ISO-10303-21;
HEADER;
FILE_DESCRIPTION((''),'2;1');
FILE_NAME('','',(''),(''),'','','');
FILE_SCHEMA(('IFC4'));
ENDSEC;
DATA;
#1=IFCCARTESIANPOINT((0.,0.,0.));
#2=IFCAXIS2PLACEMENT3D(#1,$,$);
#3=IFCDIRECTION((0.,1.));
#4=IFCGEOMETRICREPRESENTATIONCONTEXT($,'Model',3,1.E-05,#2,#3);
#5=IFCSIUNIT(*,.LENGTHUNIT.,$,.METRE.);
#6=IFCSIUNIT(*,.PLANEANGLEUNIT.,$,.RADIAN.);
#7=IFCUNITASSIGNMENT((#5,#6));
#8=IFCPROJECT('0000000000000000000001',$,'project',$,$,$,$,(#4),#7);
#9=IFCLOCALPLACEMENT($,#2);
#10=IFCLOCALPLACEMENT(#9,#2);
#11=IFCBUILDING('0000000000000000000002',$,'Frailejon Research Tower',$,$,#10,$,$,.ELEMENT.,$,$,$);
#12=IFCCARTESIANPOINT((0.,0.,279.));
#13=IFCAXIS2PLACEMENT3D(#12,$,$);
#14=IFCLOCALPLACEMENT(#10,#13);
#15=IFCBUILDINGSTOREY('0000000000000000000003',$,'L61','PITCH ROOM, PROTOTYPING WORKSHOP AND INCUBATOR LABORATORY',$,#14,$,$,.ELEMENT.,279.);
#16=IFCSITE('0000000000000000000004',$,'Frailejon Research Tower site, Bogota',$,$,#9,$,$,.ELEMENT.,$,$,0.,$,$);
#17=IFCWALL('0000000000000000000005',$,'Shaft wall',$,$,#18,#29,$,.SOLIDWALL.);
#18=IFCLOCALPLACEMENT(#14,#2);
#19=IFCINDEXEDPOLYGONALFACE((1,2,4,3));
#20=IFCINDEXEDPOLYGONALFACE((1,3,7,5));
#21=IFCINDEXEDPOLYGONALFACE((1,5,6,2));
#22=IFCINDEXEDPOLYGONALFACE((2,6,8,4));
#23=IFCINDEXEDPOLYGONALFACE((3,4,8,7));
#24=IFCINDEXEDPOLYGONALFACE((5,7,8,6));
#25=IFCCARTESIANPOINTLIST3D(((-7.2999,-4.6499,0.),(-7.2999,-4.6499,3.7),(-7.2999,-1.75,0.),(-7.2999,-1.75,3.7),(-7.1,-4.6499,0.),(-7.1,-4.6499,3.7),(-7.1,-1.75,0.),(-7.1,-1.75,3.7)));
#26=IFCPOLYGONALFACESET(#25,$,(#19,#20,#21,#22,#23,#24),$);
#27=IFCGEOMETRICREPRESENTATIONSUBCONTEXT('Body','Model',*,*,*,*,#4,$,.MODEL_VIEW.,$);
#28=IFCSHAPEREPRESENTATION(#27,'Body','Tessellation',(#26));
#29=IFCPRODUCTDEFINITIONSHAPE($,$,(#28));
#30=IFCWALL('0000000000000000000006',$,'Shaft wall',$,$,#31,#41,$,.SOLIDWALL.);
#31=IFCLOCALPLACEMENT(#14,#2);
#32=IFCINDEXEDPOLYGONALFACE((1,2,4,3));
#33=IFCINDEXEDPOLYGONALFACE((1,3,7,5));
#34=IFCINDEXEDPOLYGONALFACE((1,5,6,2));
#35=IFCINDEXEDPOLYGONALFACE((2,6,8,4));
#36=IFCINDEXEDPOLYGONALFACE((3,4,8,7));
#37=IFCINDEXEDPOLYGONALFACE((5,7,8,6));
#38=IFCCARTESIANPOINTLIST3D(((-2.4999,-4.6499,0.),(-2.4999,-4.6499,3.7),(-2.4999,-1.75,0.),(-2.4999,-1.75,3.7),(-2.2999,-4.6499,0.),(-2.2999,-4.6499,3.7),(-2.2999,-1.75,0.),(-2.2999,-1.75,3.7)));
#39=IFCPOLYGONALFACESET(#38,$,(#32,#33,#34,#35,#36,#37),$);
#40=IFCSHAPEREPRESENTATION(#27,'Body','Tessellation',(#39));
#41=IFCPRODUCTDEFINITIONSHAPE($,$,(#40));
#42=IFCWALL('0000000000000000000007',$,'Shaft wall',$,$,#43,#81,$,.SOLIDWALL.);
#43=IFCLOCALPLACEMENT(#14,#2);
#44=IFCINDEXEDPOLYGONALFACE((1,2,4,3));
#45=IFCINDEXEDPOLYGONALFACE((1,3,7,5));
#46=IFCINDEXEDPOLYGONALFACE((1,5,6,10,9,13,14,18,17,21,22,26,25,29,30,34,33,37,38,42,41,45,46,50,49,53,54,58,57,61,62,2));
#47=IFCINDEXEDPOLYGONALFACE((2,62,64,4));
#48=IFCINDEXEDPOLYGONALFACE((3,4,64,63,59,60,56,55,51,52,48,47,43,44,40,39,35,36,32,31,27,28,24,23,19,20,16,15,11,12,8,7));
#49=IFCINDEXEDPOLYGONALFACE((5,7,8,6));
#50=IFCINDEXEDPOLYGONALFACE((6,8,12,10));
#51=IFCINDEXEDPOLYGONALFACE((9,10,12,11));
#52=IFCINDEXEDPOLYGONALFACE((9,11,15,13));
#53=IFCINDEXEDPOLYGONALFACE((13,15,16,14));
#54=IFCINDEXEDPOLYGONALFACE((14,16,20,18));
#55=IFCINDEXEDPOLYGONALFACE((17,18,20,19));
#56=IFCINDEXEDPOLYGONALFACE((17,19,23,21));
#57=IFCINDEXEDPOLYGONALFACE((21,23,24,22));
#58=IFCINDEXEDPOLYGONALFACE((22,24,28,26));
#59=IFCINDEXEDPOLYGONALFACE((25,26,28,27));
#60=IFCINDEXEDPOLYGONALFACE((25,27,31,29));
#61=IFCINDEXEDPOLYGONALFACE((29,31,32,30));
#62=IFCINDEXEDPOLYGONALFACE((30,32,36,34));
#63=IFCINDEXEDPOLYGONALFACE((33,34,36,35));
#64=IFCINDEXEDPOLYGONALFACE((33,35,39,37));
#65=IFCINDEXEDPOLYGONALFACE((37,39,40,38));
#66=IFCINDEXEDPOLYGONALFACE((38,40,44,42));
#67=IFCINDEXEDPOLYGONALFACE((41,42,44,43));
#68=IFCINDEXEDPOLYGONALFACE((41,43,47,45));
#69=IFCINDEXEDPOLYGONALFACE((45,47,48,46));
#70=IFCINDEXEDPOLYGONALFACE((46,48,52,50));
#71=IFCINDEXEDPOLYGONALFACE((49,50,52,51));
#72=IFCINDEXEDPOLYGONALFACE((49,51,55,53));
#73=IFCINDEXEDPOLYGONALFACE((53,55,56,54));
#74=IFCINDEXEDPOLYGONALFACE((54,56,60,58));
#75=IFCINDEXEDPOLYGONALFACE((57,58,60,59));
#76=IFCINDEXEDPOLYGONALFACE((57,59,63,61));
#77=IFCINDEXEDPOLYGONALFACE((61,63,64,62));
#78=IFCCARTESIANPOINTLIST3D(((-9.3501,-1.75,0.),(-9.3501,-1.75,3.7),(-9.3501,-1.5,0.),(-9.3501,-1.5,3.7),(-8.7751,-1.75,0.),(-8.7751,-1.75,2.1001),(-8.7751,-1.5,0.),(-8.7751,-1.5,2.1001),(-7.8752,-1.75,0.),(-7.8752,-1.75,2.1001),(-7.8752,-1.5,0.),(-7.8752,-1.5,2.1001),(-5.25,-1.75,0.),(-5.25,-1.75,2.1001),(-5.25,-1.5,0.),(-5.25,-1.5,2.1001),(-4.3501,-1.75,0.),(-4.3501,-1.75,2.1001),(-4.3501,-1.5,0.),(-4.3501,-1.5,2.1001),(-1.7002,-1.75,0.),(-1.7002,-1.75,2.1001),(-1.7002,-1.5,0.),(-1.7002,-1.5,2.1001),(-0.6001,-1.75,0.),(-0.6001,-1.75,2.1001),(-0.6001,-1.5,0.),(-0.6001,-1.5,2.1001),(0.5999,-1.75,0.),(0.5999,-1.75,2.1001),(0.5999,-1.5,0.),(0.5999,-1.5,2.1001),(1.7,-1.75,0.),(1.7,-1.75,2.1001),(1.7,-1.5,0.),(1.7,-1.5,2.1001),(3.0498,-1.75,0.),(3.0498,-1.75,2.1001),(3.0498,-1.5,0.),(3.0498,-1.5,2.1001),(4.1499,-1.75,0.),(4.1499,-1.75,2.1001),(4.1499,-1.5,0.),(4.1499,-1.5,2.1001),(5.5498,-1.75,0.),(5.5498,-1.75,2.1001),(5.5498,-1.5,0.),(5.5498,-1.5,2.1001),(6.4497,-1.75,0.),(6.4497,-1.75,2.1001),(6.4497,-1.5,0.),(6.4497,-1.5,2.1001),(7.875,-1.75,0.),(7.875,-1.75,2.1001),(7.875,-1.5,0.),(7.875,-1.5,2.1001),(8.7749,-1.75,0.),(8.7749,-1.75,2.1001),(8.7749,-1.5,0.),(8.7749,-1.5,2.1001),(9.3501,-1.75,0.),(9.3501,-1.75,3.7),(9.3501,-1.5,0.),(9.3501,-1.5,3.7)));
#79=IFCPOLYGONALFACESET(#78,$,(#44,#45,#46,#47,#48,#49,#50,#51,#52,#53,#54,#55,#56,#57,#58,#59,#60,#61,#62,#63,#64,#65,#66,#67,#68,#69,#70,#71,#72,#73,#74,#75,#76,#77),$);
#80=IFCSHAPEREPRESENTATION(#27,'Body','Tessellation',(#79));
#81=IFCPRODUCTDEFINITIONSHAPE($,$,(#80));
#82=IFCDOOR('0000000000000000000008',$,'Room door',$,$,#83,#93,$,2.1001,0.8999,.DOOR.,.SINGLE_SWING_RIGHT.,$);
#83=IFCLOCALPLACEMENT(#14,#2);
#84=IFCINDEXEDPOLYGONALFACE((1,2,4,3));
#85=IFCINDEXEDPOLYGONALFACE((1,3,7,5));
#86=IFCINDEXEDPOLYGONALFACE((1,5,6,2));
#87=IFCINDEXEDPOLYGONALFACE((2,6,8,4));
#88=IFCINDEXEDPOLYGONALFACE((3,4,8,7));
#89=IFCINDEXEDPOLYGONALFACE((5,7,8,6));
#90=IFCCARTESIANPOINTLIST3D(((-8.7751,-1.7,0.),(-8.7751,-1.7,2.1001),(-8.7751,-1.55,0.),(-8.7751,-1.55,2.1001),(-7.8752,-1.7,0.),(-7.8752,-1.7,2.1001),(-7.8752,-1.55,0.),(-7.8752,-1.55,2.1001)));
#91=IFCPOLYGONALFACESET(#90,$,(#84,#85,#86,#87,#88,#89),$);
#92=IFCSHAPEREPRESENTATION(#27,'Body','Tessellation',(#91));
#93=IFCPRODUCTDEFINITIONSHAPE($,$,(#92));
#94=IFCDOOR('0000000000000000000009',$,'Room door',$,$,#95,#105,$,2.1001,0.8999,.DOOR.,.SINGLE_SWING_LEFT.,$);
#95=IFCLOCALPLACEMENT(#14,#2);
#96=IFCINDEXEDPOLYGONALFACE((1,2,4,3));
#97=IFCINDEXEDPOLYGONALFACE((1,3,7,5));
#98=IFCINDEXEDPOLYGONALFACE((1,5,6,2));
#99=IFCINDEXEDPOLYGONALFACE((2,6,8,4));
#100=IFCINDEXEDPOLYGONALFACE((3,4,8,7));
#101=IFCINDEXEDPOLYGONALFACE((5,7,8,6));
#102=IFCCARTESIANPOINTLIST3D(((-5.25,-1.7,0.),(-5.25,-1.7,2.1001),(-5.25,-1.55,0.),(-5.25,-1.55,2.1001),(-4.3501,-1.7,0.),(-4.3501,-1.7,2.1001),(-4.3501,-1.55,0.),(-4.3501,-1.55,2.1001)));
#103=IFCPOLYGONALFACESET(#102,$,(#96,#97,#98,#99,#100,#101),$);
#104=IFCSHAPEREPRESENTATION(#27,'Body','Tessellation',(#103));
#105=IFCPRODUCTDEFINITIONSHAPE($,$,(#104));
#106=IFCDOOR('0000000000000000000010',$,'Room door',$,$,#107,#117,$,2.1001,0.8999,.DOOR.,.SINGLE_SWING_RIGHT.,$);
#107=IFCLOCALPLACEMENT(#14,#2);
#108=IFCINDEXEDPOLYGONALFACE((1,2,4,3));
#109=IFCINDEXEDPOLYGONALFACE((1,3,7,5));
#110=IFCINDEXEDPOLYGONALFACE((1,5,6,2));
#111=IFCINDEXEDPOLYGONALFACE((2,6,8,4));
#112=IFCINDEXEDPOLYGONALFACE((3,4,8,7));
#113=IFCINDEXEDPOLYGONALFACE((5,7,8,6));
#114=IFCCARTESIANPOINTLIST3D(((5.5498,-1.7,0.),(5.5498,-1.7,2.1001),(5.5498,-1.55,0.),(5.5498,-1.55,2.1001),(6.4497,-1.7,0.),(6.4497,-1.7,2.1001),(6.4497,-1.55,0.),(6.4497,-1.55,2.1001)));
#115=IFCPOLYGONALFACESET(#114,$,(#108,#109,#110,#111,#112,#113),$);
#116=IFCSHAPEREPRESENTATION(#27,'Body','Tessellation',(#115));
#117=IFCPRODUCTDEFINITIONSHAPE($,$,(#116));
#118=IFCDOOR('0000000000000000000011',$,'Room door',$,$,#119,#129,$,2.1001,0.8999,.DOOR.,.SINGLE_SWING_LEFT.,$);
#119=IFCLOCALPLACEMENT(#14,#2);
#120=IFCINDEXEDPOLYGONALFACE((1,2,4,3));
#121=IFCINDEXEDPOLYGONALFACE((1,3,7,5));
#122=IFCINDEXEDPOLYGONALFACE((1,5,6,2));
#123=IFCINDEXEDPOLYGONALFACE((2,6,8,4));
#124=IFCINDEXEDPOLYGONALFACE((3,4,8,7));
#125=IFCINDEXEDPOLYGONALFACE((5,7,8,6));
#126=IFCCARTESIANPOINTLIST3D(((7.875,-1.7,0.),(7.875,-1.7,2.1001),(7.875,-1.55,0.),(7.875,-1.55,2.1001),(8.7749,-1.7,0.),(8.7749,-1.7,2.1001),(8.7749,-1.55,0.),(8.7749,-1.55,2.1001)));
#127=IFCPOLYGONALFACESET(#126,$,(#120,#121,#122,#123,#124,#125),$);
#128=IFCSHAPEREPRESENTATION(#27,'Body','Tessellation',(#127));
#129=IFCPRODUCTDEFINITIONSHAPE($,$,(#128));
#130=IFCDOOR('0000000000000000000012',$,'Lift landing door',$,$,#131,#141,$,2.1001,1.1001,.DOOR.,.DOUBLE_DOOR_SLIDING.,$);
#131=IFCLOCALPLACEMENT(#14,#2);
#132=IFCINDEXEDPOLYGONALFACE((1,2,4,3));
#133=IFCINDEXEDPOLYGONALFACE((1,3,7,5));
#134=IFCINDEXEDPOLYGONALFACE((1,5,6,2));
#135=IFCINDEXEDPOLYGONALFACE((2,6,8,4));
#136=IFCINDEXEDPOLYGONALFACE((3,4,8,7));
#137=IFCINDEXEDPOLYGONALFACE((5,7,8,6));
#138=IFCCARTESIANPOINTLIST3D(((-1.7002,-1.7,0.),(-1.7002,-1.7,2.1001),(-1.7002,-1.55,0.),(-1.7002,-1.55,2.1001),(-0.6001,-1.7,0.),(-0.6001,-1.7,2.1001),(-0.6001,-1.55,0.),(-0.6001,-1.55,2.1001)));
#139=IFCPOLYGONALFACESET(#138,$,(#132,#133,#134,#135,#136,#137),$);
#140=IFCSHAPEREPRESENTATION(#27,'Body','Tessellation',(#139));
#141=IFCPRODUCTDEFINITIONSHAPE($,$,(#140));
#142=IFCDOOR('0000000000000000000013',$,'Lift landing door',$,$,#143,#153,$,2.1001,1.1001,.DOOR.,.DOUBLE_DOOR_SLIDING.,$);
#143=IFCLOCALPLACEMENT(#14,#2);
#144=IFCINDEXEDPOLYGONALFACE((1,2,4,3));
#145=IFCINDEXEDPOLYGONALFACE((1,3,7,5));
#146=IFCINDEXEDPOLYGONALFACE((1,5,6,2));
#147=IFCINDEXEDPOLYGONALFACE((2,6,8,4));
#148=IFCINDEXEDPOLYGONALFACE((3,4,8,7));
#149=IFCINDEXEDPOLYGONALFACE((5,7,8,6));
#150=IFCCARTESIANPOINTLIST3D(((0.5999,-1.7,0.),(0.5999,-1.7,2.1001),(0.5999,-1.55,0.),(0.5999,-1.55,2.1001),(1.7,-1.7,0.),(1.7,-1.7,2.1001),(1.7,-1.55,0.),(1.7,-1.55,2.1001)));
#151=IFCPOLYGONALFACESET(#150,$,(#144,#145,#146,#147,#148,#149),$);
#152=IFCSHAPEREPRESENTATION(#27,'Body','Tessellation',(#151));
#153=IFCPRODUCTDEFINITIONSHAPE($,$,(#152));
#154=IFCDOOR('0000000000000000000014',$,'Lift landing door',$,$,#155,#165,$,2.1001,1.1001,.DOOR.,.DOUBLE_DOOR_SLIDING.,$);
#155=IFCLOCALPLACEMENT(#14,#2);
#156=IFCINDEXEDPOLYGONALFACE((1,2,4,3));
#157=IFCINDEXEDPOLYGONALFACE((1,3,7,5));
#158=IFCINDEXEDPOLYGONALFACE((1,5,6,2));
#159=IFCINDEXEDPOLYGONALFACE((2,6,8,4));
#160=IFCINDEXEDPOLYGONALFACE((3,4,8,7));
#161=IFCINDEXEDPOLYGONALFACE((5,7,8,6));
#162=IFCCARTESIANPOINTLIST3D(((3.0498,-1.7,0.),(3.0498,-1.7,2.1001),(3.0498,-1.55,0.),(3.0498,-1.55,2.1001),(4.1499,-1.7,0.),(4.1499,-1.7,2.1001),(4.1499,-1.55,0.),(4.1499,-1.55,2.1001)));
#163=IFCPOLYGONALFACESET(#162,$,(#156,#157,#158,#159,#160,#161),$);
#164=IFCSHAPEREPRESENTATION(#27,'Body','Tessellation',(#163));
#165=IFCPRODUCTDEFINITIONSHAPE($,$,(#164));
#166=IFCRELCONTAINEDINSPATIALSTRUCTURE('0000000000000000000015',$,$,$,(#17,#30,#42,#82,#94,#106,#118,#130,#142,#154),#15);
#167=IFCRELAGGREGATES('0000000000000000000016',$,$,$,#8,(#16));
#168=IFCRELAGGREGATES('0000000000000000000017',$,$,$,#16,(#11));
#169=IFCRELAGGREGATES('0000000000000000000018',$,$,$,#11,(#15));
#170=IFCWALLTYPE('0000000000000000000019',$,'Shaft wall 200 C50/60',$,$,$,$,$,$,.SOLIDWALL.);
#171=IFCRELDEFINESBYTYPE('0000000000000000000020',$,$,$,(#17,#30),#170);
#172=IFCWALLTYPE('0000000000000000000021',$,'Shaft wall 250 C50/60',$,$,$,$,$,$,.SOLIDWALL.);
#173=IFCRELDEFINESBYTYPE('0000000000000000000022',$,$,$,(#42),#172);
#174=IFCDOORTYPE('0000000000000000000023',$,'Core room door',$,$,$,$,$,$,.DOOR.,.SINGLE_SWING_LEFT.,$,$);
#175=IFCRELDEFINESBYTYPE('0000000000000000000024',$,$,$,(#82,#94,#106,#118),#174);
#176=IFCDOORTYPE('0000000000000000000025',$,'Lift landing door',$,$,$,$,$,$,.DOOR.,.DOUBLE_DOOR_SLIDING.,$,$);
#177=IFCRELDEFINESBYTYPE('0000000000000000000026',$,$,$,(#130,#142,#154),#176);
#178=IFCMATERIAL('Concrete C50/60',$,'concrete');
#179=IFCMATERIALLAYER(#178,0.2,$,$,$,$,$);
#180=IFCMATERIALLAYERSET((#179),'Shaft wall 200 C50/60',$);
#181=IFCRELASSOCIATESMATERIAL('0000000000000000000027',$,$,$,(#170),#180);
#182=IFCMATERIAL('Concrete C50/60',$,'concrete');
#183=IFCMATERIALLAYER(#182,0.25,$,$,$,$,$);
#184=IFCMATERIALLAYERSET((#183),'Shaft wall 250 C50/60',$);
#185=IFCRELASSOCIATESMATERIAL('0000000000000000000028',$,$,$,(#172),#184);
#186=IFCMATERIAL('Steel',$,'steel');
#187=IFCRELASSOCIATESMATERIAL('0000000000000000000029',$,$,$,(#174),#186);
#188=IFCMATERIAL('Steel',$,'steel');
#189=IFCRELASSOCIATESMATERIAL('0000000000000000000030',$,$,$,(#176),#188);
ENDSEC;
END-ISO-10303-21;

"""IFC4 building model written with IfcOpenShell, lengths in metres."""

from ifc_helpers import new_model, si_unit, direction, frame, frame_2d, origin, place, context, subcontext, project, spatial, rectangle, extrude, material, layer, layer_set, type_object, element, fill, save


model = new_model("IFC4")

# Units and contexts
model_context = context("Model", 3, precision=1e-05, world=origin(), true_north=direction((0.0, 1.0)))
body_context = subcontext(model_context, "Body", "Model", "MODEL_VIEW")
ifc_project = project(units=[si_unit("LENGTHUNIT", "METRE"), si_unit("PLANEANGLEUNIT", "RADIAN")], contexts=[model_context])

# Site, building, storey
site_placement = place(None, origin())
site = spatial("IfcSite", under=ifc_project, at=site_placement, Name="Frailejon Research Tower site, Bogota", CompositionType="ELEMENT", RefElevation=0.0)
building_placement = place(site_placement, origin())
building = spatial("IfcBuilding", under=site, at=building_placement, Name="Frailejon Research Tower", CompositionType="ELEMENT")
storey_placement = place(building_placement, frame((0.0, 0.0, 279.0)))
storey = spatial("IfcBuildingStorey", under=building, at=storey_placement, Name="L61", Description="PITCH ROOM, PROTOTYPING WORKSHOP AND INCUBATOR LABORATORY", CompositionType="ELEMENT", Elevation=279.0)

# Walls
ifc_material_1 = material(Name="Concrete C50/60", Category="concrete")
ifc_layer_1 = layer(ifc_material_1, 0.2)
ifc_layer_set_1 = layer_set([ifc_layer_1], Name="Shaft wall 200 C50/60")
wall_type_1 = type_object("IfcWallType", Name="Shaft wall 200 C50/60", PredefinedType="SOLIDWALL", material=ifc_layer_set_1)
for number, where, z_axis, x_axis, name in (
    (1, (-7.2, -4.6499, 0.0), (0.0, 0.0, 1.0), (0.0, 1.0, 0.0), "Shaft wall"),
    (2, (-2.3999, -4.6499, 0.0), (0.0, 0.0, 1.0), (0.0, 1.0, 0.0), "Shaft wall"),
):
    element("IfcWall", number, at=place(storey_placement, frame(where, z_axis=z_axis, x_axis=x_axis)), inside=storey, type_object=wall_type_1, Name=name, PredefinedType="SOLIDWALL", context=body_context, shape_type="SweptSolid", body=[
        extrude(rectangle(XDim=2.8999, YDim=0.2, at=frame_2d((1.45, 0.0))), origin(), (0.0, 0.0, 1.0), 3.7),
    ])

# Wall, openings, doors
ifc_material_2 = material(Name="Concrete C50/60", Category="concrete")
ifc_layer_2 = layer(ifc_material_2, 0.25)
ifc_layer_set_2 = layer_set([ifc_layer_2], Name="Shaft wall 250 C50/60")
wall_type_2 = type_object("IfcWallType", Name="Shaft wall 250 C50/60", PredefinedType="SOLIDWALL", material=ifc_layer_set_2)
wall_1_placement = place(storey_placement, frame((-9.3501, -1.625, 0.0), z_axis=(0.0, 0.0, 1.0), x_axis=(1.0, 0.0, 0.0)))
wall_1 = element("IfcWall", 3, at=wall_1_placement, inside=storey, type_object=wall_type_2, Name="Shaft wall", PredefinedType="SOLIDWALL", context=body_context, shape_type="SweptSolid", body=[
    extrude(rectangle(XDim=18.7002, YDim=0.25, at=frame_2d((9.3501, 0.0))), origin(), (0.0, 0.0, 1.0), 3.7),
])
opening_1_placement = place(wall_1_placement, frame((7.6499, 0.0, 0.0)))
opening_1 = element("IfcOpeningElement", 4, at=opening_1_placement, cuts=wall_1, PredefinedType="OPENING", context=body_context, shape_type="SweptSolid", body=[
    extrude(rectangle(XDim=1.1001, YDim=2.1001, at=frame_2d((0.55, 1.05))), frame((0.0, 0.135, 0.0), z_axis=(0.0, -1.0, 0.0), x_axis=(1.0, 0.0, 0.0)), (0.0, 0.0, 1.0), 0.27),
])
opening_2_placement = place(wall_1_placement, frame((9.95, 0.0, 0.0)))
opening_2 = element("IfcOpeningElement", 5, at=opening_2_placement, cuts=wall_1, PredefinedType="OPENING", context=body_context, shape_type="SweptSolid", body=[
    extrude(rectangle(XDim=1.1001, YDim=2.1001, at=frame_2d((0.55, 1.05))), frame((0.0, 0.135, 0.0), z_axis=(0.0, -1.0, 0.0), x_axis=(1.0, 0.0, 0.0)), (0.0, 0.0, 1.0), 0.27),
])
opening_3_placement = place(wall_1_placement, frame((12.3999, 0.0, 0.0)))
opening_3 = element("IfcOpeningElement", 6, at=opening_3_placement, cuts=wall_1, PredefinedType="OPENING", context=body_context, shape_type="SweptSolid", body=[
    extrude(rectangle(XDim=1.1001, YDim=2.1001, at=frame_2d((0.55, 1.05))), frame((0.0, 0.135, 0.0), z_axis=(0.0, -1.0, 0.0), x_axis=(1.0, 0.0, 0.0)), (0.0, 0.0, 1.0), 0.27),
])
opening_4_placement = place(wall_1_placement, frame((0.575, 0.0, 0.0)))
opening_4 = element("IfcOpeningElement", 7, at=opening_4_placement, cuts=wall_1, PredefinedType="OPENING", context=body_context, shape_type="SweptSolid", body=[
    extrude(rectangle(XDim=0.8999, YDim=2.1001, at=frame_2d((0.45, 1.05))), frame((0.0, 0.135, 0.0), z_axis=(0.0, -1.0, 0.0), x_axis=(1.0, 0.0, 0.0)), (0.0, 0.0, 1.0), 0.27),
])
opening_5_placement = place(wall_1_placement, frame((4.1001, 0.0, 0.0)))
opening_5 = element("IfcOpeningElement", 8, at=opening_5_placement, cuts=wall_1, PredefinedType="OPENING", context=body_context, shape_type="SweptSolid", body=[
    extrude(rectangle(XDim=0.8999, YDim=2.1001, at=frame_2d((0.45, 1.05))), frame((0.0, 0.135, 0.0), z_axis=(0.0, -1.0, 0.0), x_axis=(1.0, 0.0, 0.0)), (0.0, 0.0, 1.0), 0.27),
])
opening_6_placement = place(wall_1_placement, frame((14.8999, 0.0, 0.0)))
opening_6 = element("IfcOpeningElement", 9, at=opening_6_placement, cuts=wall_1, PredefinedType="OPENING", context=body_context, shape_type="SweptSolid", body=[
    extrude(rectangle(XDim=0.8999, YDim=2.1001, at=frame_2d((0.45, 1.05))), frame((0.0, 0.135, 0.0), z_axis=(0.0, -1.0, 0.0), x_axis=(1.0, 0.0, 0.0)), (0.0, 0.0, 1.0), 0.27),
])
opening_7_placement = place(wall_1_placement, frame((17.2251, 0.0, 0.0)))
opening_7 = element("IfcOpeningElement", 10, at=opening_7_placement, cuts=wall_1, PredefinedType="OPENING", context=body_context, shape_type="SweptSolid", body=[
    extrude(rectangle(XDim=0.8999, YDim=2.1001, at=frame_2d((0.45, 1.05))), frame((0.0, 0.135, 0.0), z_axis=(0.0, -1.0, 0.0), x_axis=(1.0, 0.0, 0.0)), (0.0, 0.0, 1.0), 0.27),
])
ifc_material_3 = material(Name="Steel", Category="steel")
door_type_1 = type_object("IfcDoorType", Name="Core room door", OperationType="SINGLE_SWING_LEFT", PredefinedType="DOOR", material=ifc_material_3)
door_1_placement = place(opening_4_placement, origin())
door_1 = element("IfcDoor", 11, at=door_1_placement, inside=storey, type_object=door_type_1, Name="Room door", OperationType="SINGLE_SWING_RIGHT", OverallHeight=2.1001, OverallWidth=0.8999, PredefinedType="DOOR", context=body_context, shape_type="SweptSolid", body=[
    extrude(rectangle(XDim=0.8999, YDim=2.1001, at=frame_2d((0.45, 1.05))), frame((0.0, 0.075, 0.0), z_axis=(0.0, -1.0, 0.0), x_axis=(1.0, 0.0, 0.0)), (0.0, 0.0, 1.0), 0.1499),
])
fill(opening_4, door_1)
door_2_placement = place(opening_5_placement, origin())
door_2 = element("IfcDoor", 12, at=door_2_placement, inside=storey, type_object=door_type_1, Name="Room door", OperationType="SINGLE_SWING_LEFT", OverallHeight=2.1001, OverallWidth=0.8999, PredefinedType="DOOR", context=body_context, shape_type="SweptSolid", body=[
    extrude(rectangle(XDim=0.8999, YDim=2.1001, at=frame_2d((0.45, 1.05))), frame((0.0, 0.075, 0.0), z_axis=(0.0, -1.0, 0.0), x_axis=(1.0, 0.0, 0.0)), (0.0, 0.0, 1.0), 0.1499),
])
fill(opening_5, door_2)
door_3_placement = place(opening_6_placement, origin())
door_3 = element("IfcDoor", 13, at=door_3_placement, inside=storey, type_object=door_type_1, Name="Room door", OperationType="SINGLE_SWING_RIGHT", OverallHeight=2.1001, OverallWidth=0.8999, PredefinedType="DOOR", context=body_context, shape_type="SweptSolid", body=[
    extrude(rectangle(XDim=0.8999, YDim=2.1001, at=frame_2d((0.45, 1.05))), frame((0.0, 0.075, 0.0), z_axis=(0.0, -1.0, 0.0), x_axis=(1.0, 0.0, 0.0)), (0.0, 0.0, 1.0), 0.1499),
])
fill(opening_6, door_3)
door_4_placement = place(opening_7_placement, origin())
door_4 = element("IfcDoor", 14, at=door_4_placement, inside=storey, type_object=door_type_1, Name="Room door", OperationType="SINGLE_SWING_LEFT", OverallHeight=2.1001, OverallWidth=0.8999, PredefinedType="DOOR", context=body_context, shape_type="SweptSolid", body=[
    extrude(rectangle(XDim=0.8999, YDim=2.1001, at=frame_2d((0.45, 1.05))), frame((0.0, 0.075, 0.0), z_axis=(0.0, -1.0, 0.0), x_axis=(1.0, 0.0, 0.0)), (0.0, 0.0, 1.0), 0.1499),
])
fill(opening_7, door_4)
ifc_material_4 = material(Name="Steel", Category="steel")
door_type_2 = type_object("IfcDoorType", Name="Lift landing door", OperationType="DOUBLE_DOOR_SLIDING", PredefinedType="DOOR", material=ifc_material_4)
door_5_placement = place(opening_1_placement, origin())
door_5 = element("IfcDoor", 15, at=door_5_placement, inside=storey, type_object=door_type_2, Name="Lift landing door", OperationType="DOUBLE_DOOR_SLIDING", OverallHeight=2.1001, OverallWidth=1.1001, PredefinedType="DOOR", context=body_context, shape_type="SweptSolid", body=[
    extrude(rectangle(XDim=1.1001, YDim=2.1001, at=frame_2d((0.55, 1.05))), frame((0.0, 0.075, 0.0), z_axis=(0.0, -1.0, 0.0), x_axis=(1.0, 0.0, 0.0)), (0.0, 0.0, 1.0), 0.1499),
])
fill(opening_1, door_5)
door_6_placement = place(opening_2_placement, origin())
door_6 = element("IfcDoor", 16, at=door_6_placement, inside=storey, type_object=door_type_2, Name="Lift landing door", OperationType="DOUBLE_DOOR_SLIDING", OverallHeight=2.1001, OverallWidth=1.1001, PredefinedType="DOOR", context=body_context, shape_type="SweptSolid", body=[
    extrude(rectangle(XDim=1.1001, YDim=2.1001, at=frame_2d((0.55, 1.05))), frame((0.0, 0.075, 0.0), z_axis=(0.0, -1.0, 0.0), x_axis=(1.0, 0.0, 0.0)), (0.0, 0.0, 1.0), 0.1499),
])
fill(opening_2, door_6)
door_7_placement = place(opening_3_placement, origin())
door_7 = element("IfcDoor", 17, at=door_7_placement, inside=storey, type_object=door_type_2, Name="Lift landing door", OperationType="DOUBLE_DOOR_SLIDING", OverallHeight=2.1001, OverallWidth=1.1001, PredefinedType="DOOR", context=body_context, shape_type="SweptSolid", body=[
    extrude(rectangle(XDim=1.1001, YDim=2.1001, at=frame_2d((0.55, 1.05))), frame((0.0, 0.075, 0.0), z_axis=(0.0, -1.0, 0.0), x_axis=(1.0, 0.0, 0.0)), (0.0, 0.0, 1.0), 0.1499),
])
fill(opening_3, door_7)

save(model, "model.ifc")
